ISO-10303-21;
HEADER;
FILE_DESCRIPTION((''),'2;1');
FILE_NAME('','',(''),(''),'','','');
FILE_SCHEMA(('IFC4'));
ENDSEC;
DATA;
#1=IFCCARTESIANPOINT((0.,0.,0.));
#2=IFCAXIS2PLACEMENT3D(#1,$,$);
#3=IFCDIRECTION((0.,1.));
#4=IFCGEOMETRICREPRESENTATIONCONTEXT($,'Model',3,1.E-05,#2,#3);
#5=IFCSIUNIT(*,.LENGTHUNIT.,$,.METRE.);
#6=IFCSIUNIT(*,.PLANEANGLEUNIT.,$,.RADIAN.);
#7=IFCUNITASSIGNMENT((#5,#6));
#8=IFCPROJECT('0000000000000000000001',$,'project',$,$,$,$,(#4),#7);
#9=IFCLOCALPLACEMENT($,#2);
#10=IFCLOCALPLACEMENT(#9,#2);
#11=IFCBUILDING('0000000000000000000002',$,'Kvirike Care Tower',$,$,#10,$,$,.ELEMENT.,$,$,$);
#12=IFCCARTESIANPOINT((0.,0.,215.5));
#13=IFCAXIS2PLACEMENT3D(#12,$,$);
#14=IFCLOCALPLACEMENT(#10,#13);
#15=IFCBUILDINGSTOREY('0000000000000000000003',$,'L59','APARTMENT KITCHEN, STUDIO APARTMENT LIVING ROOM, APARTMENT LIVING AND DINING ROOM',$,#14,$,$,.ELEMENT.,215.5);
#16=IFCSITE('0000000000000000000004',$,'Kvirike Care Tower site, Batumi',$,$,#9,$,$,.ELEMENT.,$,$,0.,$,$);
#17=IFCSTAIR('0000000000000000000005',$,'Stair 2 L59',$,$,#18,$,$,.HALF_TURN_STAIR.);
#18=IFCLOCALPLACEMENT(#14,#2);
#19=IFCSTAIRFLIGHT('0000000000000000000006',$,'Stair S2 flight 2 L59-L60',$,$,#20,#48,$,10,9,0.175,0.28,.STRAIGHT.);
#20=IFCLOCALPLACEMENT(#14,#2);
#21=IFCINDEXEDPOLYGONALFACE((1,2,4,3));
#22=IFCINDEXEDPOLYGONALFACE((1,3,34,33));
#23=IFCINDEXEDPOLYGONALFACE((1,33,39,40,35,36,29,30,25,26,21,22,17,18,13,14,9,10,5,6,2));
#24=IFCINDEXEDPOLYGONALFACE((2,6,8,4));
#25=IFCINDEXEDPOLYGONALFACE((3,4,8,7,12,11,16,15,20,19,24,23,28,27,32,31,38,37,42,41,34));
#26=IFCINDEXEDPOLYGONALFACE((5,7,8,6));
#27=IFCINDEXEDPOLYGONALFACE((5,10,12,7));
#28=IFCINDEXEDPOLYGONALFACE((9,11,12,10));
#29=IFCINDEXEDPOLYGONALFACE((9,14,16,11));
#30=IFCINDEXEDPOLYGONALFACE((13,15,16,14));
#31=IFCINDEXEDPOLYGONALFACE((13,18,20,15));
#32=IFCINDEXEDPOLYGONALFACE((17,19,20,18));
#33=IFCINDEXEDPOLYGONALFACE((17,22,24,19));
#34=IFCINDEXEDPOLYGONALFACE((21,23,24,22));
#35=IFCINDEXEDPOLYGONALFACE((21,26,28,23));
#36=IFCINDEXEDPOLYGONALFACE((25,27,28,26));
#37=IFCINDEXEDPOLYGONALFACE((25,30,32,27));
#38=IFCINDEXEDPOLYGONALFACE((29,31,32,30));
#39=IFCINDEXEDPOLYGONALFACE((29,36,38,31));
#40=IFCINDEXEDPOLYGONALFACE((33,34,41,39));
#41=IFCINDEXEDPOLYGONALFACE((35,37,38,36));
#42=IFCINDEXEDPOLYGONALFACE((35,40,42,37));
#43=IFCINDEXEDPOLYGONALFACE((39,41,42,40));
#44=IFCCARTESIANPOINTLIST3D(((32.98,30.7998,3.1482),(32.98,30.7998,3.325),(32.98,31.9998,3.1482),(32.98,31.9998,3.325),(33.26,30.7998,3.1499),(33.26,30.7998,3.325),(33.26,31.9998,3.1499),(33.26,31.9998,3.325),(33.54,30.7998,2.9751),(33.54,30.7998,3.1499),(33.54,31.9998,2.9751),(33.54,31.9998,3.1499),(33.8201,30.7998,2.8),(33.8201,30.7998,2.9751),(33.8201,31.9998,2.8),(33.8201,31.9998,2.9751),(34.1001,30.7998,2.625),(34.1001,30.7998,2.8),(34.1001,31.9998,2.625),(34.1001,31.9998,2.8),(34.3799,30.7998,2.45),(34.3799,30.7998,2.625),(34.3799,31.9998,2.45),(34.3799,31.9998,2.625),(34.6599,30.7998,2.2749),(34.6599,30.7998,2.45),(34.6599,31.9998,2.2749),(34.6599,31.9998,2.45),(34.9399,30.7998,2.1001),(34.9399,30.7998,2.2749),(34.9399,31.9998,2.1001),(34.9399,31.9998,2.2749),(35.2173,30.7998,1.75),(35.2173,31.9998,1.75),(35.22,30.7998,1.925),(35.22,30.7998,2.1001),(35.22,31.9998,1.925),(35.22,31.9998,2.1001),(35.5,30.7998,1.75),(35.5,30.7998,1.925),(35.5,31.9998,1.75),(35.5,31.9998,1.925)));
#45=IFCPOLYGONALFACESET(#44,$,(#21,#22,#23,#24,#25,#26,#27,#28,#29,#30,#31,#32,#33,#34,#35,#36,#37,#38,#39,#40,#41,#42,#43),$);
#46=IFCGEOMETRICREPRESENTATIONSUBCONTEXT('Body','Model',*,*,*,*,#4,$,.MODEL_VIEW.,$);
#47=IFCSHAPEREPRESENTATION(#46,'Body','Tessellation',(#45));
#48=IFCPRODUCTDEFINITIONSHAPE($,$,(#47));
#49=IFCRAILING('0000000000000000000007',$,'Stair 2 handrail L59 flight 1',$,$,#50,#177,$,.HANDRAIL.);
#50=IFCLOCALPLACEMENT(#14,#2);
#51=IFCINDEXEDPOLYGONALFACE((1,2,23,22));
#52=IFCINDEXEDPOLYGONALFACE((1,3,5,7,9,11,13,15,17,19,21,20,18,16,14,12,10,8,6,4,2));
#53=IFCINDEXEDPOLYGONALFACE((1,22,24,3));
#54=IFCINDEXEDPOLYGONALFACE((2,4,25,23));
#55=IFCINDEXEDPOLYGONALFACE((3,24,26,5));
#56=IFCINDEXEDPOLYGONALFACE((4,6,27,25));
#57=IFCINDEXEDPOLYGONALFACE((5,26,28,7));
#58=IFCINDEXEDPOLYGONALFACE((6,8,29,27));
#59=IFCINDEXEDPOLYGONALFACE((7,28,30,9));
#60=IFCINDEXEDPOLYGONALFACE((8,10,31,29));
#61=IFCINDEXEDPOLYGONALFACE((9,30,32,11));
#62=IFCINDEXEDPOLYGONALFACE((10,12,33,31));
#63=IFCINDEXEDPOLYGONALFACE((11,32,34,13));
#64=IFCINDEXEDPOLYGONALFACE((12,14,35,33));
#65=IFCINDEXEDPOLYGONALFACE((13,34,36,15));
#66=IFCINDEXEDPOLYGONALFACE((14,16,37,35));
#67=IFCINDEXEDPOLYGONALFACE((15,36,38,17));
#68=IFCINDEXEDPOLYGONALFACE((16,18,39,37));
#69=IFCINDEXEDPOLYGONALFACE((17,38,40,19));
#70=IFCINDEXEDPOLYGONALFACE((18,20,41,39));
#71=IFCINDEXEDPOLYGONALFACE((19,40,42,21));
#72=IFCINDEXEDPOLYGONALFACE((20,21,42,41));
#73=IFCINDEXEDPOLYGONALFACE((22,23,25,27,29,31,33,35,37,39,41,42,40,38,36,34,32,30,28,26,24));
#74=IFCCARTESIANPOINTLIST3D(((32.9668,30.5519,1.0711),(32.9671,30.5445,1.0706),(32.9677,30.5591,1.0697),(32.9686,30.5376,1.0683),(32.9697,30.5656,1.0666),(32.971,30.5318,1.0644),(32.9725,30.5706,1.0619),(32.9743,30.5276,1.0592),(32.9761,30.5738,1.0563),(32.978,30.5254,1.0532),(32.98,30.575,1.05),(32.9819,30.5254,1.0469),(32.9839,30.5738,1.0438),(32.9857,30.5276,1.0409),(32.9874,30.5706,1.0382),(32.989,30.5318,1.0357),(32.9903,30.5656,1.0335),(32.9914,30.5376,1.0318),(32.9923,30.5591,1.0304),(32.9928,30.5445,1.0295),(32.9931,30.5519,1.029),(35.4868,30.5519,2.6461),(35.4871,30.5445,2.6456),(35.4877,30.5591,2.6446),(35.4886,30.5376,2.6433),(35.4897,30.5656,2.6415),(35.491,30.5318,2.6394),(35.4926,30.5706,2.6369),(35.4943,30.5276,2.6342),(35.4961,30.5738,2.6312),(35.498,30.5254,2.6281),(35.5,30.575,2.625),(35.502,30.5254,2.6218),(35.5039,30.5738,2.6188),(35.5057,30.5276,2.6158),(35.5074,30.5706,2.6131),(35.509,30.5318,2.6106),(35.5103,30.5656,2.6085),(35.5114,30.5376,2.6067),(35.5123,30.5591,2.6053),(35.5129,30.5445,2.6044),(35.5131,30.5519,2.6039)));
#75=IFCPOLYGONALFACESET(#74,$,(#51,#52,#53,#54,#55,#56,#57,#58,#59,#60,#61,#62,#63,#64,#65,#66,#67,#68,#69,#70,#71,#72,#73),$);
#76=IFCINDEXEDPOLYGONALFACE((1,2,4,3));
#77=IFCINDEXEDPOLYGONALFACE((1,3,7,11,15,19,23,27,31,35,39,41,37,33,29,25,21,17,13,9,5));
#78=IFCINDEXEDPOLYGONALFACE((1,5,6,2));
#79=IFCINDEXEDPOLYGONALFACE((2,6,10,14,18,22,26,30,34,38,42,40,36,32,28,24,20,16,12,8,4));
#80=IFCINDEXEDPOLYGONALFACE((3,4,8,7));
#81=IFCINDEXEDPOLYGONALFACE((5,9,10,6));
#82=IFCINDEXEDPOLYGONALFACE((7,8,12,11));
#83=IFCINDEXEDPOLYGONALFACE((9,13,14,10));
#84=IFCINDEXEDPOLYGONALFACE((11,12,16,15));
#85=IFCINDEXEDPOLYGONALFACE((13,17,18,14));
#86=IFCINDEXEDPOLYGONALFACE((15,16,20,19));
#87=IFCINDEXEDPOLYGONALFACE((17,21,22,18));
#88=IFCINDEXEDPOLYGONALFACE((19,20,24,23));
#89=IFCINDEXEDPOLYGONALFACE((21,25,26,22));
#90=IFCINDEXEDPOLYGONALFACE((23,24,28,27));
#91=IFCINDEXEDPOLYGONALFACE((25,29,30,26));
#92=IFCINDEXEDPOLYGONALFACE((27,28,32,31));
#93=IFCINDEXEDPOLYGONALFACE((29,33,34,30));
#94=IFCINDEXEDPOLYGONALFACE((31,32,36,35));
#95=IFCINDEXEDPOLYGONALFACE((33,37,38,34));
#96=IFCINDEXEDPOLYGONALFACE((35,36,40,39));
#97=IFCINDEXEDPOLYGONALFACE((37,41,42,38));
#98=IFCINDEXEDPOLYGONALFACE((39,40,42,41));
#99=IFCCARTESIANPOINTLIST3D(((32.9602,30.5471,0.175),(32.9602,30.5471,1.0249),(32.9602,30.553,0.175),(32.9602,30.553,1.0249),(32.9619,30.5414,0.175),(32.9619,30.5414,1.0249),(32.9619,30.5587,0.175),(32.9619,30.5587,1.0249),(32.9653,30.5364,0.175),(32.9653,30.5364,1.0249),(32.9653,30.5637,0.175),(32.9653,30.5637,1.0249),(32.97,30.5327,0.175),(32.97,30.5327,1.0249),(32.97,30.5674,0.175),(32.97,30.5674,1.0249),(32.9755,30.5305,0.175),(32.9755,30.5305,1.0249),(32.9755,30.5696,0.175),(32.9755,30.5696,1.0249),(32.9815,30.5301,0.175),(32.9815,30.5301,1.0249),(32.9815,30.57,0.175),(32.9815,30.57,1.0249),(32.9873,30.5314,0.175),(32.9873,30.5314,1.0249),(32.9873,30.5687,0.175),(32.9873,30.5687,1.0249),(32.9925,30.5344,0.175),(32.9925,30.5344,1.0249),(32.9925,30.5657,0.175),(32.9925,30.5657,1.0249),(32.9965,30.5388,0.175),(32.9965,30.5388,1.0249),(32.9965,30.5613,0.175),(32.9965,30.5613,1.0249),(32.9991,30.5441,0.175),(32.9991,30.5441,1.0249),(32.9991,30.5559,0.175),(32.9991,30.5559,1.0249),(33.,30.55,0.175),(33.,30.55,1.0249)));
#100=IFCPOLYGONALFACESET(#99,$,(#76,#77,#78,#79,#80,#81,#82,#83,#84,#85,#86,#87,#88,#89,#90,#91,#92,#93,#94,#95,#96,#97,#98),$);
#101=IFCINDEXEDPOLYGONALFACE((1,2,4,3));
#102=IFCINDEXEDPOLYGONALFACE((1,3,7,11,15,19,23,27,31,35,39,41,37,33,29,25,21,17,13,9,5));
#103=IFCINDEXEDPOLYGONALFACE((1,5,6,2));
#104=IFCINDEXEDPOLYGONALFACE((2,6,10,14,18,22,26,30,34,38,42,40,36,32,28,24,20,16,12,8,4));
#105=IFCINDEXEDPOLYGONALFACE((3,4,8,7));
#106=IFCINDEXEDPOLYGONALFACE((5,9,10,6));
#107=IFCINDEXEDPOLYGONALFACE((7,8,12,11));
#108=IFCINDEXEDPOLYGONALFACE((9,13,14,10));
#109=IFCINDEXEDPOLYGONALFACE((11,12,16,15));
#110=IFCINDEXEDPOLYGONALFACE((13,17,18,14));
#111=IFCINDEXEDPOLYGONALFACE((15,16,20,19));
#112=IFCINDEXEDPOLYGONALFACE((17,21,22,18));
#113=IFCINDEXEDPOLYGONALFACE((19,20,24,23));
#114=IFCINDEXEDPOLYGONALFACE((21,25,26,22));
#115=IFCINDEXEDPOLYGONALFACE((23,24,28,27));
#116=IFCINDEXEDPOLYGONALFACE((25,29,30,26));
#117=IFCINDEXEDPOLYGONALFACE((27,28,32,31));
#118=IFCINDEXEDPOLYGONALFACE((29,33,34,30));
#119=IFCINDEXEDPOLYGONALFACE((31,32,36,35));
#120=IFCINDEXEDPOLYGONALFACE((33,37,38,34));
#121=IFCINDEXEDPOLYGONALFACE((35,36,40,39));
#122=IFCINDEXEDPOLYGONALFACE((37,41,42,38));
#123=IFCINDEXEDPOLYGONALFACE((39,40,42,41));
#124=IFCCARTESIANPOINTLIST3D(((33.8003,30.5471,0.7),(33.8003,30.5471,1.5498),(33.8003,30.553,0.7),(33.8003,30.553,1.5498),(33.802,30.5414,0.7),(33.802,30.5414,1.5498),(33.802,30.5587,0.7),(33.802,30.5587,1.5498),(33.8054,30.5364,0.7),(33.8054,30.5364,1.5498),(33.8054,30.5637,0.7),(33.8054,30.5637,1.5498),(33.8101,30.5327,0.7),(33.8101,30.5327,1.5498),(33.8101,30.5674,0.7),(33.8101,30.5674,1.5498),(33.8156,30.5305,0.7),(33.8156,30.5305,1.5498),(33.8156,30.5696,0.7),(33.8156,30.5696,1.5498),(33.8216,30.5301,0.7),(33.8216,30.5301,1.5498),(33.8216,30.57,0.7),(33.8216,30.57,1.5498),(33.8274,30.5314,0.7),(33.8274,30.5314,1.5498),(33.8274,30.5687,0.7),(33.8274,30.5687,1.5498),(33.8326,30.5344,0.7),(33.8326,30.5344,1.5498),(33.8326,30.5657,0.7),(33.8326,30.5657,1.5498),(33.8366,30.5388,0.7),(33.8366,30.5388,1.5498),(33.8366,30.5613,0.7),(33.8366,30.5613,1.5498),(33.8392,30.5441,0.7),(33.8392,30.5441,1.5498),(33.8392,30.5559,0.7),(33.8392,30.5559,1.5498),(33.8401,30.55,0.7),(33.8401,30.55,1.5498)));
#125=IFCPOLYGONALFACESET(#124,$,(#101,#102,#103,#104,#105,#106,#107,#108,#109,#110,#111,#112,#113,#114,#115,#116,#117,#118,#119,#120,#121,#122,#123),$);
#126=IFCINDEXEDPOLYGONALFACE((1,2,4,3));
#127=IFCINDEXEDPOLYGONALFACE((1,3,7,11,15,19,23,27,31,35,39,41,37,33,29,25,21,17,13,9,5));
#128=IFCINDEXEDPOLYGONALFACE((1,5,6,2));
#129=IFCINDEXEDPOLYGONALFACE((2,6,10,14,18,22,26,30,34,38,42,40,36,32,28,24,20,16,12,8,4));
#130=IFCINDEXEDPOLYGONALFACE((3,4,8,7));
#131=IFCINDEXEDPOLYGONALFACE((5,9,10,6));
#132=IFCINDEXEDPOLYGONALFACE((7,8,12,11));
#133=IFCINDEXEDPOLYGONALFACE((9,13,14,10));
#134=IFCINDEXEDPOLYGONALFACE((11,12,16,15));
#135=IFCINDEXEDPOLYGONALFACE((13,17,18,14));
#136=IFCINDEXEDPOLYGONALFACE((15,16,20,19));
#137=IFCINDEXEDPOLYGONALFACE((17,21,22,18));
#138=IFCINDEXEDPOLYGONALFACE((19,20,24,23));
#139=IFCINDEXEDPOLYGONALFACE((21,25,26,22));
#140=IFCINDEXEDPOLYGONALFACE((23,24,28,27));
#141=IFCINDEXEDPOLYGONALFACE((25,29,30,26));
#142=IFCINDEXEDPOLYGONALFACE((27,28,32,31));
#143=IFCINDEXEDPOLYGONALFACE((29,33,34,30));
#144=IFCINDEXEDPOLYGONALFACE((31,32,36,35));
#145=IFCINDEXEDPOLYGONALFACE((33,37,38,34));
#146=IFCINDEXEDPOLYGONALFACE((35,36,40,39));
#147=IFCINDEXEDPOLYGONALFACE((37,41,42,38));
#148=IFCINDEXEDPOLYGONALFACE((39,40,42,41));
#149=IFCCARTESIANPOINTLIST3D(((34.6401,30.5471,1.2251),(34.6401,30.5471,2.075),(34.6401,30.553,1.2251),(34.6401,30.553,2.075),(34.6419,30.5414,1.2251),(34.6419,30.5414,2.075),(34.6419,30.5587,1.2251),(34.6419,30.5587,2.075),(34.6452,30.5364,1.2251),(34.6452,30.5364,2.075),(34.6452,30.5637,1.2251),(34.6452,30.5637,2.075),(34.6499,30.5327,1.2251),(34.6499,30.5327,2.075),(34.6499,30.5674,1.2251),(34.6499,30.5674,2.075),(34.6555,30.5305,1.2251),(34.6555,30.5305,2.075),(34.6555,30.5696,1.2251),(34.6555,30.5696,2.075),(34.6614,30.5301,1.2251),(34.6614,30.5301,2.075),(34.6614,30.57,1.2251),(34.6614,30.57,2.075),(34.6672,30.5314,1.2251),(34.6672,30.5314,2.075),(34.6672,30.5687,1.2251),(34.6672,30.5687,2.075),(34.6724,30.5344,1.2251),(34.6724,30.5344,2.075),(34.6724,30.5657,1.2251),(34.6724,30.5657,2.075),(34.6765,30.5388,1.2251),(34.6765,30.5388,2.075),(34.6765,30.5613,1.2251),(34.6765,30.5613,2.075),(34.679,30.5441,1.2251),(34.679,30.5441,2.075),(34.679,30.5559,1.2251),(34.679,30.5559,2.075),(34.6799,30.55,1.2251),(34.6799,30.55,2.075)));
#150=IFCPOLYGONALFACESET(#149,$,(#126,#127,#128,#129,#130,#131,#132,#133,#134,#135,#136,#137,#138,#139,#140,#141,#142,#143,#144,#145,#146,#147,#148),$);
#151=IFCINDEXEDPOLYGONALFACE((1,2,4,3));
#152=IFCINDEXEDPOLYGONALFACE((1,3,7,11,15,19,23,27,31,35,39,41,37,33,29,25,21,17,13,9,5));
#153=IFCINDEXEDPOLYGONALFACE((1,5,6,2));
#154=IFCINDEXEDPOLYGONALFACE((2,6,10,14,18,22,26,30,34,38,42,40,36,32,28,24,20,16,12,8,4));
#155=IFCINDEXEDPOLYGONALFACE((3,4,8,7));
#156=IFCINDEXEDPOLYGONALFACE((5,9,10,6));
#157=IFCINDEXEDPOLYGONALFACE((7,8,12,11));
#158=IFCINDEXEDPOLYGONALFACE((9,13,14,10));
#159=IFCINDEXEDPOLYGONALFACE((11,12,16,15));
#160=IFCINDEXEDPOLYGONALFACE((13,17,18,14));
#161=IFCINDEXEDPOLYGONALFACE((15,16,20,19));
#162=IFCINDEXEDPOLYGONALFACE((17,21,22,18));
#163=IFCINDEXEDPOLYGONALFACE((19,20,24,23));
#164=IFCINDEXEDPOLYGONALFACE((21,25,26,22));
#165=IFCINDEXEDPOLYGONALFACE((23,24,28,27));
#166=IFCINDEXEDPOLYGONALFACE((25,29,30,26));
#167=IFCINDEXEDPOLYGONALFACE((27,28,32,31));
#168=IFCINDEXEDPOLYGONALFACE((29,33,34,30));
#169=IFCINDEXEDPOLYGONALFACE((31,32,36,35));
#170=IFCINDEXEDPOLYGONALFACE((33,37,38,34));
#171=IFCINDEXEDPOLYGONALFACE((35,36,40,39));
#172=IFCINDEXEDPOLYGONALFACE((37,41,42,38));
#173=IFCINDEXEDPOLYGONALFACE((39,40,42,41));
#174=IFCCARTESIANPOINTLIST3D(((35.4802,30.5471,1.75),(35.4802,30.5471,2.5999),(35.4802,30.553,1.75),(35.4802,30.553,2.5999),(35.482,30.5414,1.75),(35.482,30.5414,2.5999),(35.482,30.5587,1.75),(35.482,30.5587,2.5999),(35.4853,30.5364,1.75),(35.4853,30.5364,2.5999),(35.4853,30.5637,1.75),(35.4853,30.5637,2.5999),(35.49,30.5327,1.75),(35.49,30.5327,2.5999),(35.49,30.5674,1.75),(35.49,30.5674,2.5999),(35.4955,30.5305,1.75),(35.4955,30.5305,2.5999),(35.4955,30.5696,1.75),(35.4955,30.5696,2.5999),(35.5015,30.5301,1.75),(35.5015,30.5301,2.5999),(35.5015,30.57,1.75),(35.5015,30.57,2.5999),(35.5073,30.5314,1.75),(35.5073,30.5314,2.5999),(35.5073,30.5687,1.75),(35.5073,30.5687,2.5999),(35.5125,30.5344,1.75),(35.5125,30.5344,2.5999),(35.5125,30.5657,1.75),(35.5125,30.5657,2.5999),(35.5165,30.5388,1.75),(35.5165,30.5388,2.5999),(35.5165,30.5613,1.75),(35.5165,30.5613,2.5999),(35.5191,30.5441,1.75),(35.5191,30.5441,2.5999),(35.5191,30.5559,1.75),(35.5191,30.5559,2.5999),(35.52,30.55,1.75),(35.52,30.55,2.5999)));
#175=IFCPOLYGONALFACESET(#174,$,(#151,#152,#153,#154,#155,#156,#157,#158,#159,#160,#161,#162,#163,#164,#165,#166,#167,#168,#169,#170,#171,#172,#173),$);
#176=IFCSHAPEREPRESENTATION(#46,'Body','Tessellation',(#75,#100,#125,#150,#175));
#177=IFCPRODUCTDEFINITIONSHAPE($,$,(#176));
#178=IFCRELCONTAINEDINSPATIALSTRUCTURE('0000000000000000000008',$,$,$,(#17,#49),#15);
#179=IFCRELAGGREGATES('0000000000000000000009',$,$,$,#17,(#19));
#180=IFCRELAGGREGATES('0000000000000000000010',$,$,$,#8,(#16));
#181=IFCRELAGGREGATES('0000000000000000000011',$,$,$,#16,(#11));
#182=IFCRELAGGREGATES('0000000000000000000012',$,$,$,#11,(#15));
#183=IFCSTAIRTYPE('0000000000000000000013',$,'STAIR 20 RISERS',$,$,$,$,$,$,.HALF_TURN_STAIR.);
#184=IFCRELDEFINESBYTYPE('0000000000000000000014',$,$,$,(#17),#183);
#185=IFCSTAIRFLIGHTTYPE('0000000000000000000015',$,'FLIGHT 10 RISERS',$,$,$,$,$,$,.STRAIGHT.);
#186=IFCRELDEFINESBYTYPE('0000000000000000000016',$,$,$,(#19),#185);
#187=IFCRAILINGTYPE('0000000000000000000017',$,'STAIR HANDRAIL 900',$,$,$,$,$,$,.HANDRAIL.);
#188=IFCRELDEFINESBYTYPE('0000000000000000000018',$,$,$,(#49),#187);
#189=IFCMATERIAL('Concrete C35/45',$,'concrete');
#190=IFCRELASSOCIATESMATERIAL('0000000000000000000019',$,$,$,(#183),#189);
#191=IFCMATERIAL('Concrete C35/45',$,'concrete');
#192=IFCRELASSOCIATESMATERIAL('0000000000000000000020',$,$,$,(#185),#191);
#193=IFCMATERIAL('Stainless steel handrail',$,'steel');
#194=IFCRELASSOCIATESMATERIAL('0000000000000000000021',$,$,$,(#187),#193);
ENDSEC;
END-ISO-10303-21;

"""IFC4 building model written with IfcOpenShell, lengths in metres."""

from ifc_helpers import new_model, si_unit, direction, frame, origin, origin_2d, place, context, subcontext, project, spatial, polyline, circle, outline, extrude, material, type_object, element, aggregate, save


model = new_model("IFC4")

# Units and contexts
model_context = context("Model", 3, precision=1e-05, world=origin(), true_north=direction((0.0, 1.0)))
body_context = subcontext(model_context, "Body", "Model", "MODEL_VIEW")
ifc_project = project(units=[si_unit("LENGTHUNIT", "METRE"), si_unit("PLANEANGLEUNIT", "RADIAN")], contexts=[model_context])

# Site, building, storey
site_placement = place(None, origin())
site = spatial("IfcSite", under=ifc_project, at=site_placement, Name="Kvirike Care Tower site, Batumi", CompositionType="ELEMENT", RefElevation=0.0)
building_placement = place(site_placement, origin())
building = spatial("IfcBuilding", under=site, at=building_placement, Name="Kvirike Care Tower", CompositionType="ELEMENT")
storey_placement = place(building_placement, frame((0.0, 0.0, 215.5)))
storey = spatial("IfcBuildingStorey", under=building, at=storey_placement, Name="L59", Description="APARTMENT KITCHEN, STUDIO APARTMENT LIVING ROOM, APARTMENT LIVING AND DINING ROOM", CompositionType="ELEMENT", Elevation=215.5)

# Stair, stair flight
ifc_material_1 = material(Name="Concrete C35/45", Category="concrete")
stair_type = type_object("IfcStairType", Name="STAIR 20 RISERS", PredefinedType="HALF_TURN_STAIR", material=ifc_material_1)
stair_placement = place(storey_placement, origin())
stair = element("IfcStair", 1, at=stair_placement, inside=storey, type_object=stair_type, Name="Stair 2 L59", PredefinedType="HALF_TURN_STAIR")
ifc_material_2 = material(Name="Concrete C35/45", Category="concrete")
stair_flight_type = type_object("IfcStairFlightType", Name="FLIGHT 10 RISERS", PredefinedType="STRAIGHT", material=ifc_material_2)
stair_flight_1_placement = place(storey_placement, frame((35.5, 31.3999, 1.75), z_axis=(0.0, 0.0, 1.0), x_axis=(-1.0, 0.0, 0.0)))
stair_flight_1 = element("IfcStairFlight", 2, at=stair_flight_1_placement, type_object=stair_flight_type, Name="Stair S2 flight 2 L59-L60", NumberOfRisers=10, NumberOfTreads=9, PredefinedType="STRAIGHT", RiserHeight=0.175, TreadLength=0.28, context=body_context, shape_type="SweptSolid", body=[
    extrude(outline(polyline([(0.0, 0.0), (0.0, 0.175), (0.28, 0.175), (0.28, 0.3501), (0.5601, 0.3501), (0.5601, 0.5249), (0.8401, 0.5249), (0.8401, 0.7), (1.1201, 0.7), (1.1201, 0.875), (1.3999, 0.875), (1.3999, 1.05), (1.6799, 1.05), (1.6799, 1.2251), (1.96, 1.2251), (1.96, 1.3999), (2.24, 1.3999), (2.24, 1.575), (2.52, 1.575), (2.52, 1.75), (2.52, 1.3982), (0.2827, 0.0), (0.0, 0.0)])), frame((0.0, 0.6001, 0.0), z_axis=(0.0, -1.0, 0.0), x_axis=(1.0, 0.0, 0.0)), (0.0, 0.0, 1.0), 1.2),
])
aggregate(stair, [stair_flight_1])

# Railing
ifc_material_3 = material(Name="Stainless steel handrail", Category="steel")
railing_type = type_object("IfcRailingType", Name="STAIR HANDRAIL 900", PredefinedType="HANDRAIL", material=ifc_material_3)
railing_1_placement = place(storey_placement, frame((32.98, 30.55, 0.175)))
element("IfcRailing", 3, at=railing_1_placement, inside=storey, type_object=railing_type, Name="Stair 2 handrail L59 flight 1", PredefinedType="HANDRAIL", context=body_context, shape_type="SweptSolid", body=[
    extrude(circle(Radius=0.0249, at=origin_2d()), frame((0.0, 0.0, 0.875), z_axis=(0.848008, 0.0, 0.529984), x_axis=(0.0, 1.0, 0.0)), (0.0, 0.0, 1.0), 2.9717),
    extrude(circle(Radius=0.02, at=origin_2d()), origin(), (0.0, 0.0, 1.0), 0.8499),
    extrude(circle(Radius=0.02, at=origin_2d()), frame((0.8401, 0.0, 0.5249)), (0.0, 0.0, 1.0), 0.8499),
    extrude(circle(Radius=0.02, at=origin_2d()), frame((1.6799, 0.0, 1.05)), (0.0, 0.0, 1.0), 0.8499),
    extrude(circle(Radius=0.02, at=origin_2d()), frame((2.52, 0.0, 1.575)), (0.0, 0.0, 1.0), 0.8499),
])

save(model, "model.ifc")
